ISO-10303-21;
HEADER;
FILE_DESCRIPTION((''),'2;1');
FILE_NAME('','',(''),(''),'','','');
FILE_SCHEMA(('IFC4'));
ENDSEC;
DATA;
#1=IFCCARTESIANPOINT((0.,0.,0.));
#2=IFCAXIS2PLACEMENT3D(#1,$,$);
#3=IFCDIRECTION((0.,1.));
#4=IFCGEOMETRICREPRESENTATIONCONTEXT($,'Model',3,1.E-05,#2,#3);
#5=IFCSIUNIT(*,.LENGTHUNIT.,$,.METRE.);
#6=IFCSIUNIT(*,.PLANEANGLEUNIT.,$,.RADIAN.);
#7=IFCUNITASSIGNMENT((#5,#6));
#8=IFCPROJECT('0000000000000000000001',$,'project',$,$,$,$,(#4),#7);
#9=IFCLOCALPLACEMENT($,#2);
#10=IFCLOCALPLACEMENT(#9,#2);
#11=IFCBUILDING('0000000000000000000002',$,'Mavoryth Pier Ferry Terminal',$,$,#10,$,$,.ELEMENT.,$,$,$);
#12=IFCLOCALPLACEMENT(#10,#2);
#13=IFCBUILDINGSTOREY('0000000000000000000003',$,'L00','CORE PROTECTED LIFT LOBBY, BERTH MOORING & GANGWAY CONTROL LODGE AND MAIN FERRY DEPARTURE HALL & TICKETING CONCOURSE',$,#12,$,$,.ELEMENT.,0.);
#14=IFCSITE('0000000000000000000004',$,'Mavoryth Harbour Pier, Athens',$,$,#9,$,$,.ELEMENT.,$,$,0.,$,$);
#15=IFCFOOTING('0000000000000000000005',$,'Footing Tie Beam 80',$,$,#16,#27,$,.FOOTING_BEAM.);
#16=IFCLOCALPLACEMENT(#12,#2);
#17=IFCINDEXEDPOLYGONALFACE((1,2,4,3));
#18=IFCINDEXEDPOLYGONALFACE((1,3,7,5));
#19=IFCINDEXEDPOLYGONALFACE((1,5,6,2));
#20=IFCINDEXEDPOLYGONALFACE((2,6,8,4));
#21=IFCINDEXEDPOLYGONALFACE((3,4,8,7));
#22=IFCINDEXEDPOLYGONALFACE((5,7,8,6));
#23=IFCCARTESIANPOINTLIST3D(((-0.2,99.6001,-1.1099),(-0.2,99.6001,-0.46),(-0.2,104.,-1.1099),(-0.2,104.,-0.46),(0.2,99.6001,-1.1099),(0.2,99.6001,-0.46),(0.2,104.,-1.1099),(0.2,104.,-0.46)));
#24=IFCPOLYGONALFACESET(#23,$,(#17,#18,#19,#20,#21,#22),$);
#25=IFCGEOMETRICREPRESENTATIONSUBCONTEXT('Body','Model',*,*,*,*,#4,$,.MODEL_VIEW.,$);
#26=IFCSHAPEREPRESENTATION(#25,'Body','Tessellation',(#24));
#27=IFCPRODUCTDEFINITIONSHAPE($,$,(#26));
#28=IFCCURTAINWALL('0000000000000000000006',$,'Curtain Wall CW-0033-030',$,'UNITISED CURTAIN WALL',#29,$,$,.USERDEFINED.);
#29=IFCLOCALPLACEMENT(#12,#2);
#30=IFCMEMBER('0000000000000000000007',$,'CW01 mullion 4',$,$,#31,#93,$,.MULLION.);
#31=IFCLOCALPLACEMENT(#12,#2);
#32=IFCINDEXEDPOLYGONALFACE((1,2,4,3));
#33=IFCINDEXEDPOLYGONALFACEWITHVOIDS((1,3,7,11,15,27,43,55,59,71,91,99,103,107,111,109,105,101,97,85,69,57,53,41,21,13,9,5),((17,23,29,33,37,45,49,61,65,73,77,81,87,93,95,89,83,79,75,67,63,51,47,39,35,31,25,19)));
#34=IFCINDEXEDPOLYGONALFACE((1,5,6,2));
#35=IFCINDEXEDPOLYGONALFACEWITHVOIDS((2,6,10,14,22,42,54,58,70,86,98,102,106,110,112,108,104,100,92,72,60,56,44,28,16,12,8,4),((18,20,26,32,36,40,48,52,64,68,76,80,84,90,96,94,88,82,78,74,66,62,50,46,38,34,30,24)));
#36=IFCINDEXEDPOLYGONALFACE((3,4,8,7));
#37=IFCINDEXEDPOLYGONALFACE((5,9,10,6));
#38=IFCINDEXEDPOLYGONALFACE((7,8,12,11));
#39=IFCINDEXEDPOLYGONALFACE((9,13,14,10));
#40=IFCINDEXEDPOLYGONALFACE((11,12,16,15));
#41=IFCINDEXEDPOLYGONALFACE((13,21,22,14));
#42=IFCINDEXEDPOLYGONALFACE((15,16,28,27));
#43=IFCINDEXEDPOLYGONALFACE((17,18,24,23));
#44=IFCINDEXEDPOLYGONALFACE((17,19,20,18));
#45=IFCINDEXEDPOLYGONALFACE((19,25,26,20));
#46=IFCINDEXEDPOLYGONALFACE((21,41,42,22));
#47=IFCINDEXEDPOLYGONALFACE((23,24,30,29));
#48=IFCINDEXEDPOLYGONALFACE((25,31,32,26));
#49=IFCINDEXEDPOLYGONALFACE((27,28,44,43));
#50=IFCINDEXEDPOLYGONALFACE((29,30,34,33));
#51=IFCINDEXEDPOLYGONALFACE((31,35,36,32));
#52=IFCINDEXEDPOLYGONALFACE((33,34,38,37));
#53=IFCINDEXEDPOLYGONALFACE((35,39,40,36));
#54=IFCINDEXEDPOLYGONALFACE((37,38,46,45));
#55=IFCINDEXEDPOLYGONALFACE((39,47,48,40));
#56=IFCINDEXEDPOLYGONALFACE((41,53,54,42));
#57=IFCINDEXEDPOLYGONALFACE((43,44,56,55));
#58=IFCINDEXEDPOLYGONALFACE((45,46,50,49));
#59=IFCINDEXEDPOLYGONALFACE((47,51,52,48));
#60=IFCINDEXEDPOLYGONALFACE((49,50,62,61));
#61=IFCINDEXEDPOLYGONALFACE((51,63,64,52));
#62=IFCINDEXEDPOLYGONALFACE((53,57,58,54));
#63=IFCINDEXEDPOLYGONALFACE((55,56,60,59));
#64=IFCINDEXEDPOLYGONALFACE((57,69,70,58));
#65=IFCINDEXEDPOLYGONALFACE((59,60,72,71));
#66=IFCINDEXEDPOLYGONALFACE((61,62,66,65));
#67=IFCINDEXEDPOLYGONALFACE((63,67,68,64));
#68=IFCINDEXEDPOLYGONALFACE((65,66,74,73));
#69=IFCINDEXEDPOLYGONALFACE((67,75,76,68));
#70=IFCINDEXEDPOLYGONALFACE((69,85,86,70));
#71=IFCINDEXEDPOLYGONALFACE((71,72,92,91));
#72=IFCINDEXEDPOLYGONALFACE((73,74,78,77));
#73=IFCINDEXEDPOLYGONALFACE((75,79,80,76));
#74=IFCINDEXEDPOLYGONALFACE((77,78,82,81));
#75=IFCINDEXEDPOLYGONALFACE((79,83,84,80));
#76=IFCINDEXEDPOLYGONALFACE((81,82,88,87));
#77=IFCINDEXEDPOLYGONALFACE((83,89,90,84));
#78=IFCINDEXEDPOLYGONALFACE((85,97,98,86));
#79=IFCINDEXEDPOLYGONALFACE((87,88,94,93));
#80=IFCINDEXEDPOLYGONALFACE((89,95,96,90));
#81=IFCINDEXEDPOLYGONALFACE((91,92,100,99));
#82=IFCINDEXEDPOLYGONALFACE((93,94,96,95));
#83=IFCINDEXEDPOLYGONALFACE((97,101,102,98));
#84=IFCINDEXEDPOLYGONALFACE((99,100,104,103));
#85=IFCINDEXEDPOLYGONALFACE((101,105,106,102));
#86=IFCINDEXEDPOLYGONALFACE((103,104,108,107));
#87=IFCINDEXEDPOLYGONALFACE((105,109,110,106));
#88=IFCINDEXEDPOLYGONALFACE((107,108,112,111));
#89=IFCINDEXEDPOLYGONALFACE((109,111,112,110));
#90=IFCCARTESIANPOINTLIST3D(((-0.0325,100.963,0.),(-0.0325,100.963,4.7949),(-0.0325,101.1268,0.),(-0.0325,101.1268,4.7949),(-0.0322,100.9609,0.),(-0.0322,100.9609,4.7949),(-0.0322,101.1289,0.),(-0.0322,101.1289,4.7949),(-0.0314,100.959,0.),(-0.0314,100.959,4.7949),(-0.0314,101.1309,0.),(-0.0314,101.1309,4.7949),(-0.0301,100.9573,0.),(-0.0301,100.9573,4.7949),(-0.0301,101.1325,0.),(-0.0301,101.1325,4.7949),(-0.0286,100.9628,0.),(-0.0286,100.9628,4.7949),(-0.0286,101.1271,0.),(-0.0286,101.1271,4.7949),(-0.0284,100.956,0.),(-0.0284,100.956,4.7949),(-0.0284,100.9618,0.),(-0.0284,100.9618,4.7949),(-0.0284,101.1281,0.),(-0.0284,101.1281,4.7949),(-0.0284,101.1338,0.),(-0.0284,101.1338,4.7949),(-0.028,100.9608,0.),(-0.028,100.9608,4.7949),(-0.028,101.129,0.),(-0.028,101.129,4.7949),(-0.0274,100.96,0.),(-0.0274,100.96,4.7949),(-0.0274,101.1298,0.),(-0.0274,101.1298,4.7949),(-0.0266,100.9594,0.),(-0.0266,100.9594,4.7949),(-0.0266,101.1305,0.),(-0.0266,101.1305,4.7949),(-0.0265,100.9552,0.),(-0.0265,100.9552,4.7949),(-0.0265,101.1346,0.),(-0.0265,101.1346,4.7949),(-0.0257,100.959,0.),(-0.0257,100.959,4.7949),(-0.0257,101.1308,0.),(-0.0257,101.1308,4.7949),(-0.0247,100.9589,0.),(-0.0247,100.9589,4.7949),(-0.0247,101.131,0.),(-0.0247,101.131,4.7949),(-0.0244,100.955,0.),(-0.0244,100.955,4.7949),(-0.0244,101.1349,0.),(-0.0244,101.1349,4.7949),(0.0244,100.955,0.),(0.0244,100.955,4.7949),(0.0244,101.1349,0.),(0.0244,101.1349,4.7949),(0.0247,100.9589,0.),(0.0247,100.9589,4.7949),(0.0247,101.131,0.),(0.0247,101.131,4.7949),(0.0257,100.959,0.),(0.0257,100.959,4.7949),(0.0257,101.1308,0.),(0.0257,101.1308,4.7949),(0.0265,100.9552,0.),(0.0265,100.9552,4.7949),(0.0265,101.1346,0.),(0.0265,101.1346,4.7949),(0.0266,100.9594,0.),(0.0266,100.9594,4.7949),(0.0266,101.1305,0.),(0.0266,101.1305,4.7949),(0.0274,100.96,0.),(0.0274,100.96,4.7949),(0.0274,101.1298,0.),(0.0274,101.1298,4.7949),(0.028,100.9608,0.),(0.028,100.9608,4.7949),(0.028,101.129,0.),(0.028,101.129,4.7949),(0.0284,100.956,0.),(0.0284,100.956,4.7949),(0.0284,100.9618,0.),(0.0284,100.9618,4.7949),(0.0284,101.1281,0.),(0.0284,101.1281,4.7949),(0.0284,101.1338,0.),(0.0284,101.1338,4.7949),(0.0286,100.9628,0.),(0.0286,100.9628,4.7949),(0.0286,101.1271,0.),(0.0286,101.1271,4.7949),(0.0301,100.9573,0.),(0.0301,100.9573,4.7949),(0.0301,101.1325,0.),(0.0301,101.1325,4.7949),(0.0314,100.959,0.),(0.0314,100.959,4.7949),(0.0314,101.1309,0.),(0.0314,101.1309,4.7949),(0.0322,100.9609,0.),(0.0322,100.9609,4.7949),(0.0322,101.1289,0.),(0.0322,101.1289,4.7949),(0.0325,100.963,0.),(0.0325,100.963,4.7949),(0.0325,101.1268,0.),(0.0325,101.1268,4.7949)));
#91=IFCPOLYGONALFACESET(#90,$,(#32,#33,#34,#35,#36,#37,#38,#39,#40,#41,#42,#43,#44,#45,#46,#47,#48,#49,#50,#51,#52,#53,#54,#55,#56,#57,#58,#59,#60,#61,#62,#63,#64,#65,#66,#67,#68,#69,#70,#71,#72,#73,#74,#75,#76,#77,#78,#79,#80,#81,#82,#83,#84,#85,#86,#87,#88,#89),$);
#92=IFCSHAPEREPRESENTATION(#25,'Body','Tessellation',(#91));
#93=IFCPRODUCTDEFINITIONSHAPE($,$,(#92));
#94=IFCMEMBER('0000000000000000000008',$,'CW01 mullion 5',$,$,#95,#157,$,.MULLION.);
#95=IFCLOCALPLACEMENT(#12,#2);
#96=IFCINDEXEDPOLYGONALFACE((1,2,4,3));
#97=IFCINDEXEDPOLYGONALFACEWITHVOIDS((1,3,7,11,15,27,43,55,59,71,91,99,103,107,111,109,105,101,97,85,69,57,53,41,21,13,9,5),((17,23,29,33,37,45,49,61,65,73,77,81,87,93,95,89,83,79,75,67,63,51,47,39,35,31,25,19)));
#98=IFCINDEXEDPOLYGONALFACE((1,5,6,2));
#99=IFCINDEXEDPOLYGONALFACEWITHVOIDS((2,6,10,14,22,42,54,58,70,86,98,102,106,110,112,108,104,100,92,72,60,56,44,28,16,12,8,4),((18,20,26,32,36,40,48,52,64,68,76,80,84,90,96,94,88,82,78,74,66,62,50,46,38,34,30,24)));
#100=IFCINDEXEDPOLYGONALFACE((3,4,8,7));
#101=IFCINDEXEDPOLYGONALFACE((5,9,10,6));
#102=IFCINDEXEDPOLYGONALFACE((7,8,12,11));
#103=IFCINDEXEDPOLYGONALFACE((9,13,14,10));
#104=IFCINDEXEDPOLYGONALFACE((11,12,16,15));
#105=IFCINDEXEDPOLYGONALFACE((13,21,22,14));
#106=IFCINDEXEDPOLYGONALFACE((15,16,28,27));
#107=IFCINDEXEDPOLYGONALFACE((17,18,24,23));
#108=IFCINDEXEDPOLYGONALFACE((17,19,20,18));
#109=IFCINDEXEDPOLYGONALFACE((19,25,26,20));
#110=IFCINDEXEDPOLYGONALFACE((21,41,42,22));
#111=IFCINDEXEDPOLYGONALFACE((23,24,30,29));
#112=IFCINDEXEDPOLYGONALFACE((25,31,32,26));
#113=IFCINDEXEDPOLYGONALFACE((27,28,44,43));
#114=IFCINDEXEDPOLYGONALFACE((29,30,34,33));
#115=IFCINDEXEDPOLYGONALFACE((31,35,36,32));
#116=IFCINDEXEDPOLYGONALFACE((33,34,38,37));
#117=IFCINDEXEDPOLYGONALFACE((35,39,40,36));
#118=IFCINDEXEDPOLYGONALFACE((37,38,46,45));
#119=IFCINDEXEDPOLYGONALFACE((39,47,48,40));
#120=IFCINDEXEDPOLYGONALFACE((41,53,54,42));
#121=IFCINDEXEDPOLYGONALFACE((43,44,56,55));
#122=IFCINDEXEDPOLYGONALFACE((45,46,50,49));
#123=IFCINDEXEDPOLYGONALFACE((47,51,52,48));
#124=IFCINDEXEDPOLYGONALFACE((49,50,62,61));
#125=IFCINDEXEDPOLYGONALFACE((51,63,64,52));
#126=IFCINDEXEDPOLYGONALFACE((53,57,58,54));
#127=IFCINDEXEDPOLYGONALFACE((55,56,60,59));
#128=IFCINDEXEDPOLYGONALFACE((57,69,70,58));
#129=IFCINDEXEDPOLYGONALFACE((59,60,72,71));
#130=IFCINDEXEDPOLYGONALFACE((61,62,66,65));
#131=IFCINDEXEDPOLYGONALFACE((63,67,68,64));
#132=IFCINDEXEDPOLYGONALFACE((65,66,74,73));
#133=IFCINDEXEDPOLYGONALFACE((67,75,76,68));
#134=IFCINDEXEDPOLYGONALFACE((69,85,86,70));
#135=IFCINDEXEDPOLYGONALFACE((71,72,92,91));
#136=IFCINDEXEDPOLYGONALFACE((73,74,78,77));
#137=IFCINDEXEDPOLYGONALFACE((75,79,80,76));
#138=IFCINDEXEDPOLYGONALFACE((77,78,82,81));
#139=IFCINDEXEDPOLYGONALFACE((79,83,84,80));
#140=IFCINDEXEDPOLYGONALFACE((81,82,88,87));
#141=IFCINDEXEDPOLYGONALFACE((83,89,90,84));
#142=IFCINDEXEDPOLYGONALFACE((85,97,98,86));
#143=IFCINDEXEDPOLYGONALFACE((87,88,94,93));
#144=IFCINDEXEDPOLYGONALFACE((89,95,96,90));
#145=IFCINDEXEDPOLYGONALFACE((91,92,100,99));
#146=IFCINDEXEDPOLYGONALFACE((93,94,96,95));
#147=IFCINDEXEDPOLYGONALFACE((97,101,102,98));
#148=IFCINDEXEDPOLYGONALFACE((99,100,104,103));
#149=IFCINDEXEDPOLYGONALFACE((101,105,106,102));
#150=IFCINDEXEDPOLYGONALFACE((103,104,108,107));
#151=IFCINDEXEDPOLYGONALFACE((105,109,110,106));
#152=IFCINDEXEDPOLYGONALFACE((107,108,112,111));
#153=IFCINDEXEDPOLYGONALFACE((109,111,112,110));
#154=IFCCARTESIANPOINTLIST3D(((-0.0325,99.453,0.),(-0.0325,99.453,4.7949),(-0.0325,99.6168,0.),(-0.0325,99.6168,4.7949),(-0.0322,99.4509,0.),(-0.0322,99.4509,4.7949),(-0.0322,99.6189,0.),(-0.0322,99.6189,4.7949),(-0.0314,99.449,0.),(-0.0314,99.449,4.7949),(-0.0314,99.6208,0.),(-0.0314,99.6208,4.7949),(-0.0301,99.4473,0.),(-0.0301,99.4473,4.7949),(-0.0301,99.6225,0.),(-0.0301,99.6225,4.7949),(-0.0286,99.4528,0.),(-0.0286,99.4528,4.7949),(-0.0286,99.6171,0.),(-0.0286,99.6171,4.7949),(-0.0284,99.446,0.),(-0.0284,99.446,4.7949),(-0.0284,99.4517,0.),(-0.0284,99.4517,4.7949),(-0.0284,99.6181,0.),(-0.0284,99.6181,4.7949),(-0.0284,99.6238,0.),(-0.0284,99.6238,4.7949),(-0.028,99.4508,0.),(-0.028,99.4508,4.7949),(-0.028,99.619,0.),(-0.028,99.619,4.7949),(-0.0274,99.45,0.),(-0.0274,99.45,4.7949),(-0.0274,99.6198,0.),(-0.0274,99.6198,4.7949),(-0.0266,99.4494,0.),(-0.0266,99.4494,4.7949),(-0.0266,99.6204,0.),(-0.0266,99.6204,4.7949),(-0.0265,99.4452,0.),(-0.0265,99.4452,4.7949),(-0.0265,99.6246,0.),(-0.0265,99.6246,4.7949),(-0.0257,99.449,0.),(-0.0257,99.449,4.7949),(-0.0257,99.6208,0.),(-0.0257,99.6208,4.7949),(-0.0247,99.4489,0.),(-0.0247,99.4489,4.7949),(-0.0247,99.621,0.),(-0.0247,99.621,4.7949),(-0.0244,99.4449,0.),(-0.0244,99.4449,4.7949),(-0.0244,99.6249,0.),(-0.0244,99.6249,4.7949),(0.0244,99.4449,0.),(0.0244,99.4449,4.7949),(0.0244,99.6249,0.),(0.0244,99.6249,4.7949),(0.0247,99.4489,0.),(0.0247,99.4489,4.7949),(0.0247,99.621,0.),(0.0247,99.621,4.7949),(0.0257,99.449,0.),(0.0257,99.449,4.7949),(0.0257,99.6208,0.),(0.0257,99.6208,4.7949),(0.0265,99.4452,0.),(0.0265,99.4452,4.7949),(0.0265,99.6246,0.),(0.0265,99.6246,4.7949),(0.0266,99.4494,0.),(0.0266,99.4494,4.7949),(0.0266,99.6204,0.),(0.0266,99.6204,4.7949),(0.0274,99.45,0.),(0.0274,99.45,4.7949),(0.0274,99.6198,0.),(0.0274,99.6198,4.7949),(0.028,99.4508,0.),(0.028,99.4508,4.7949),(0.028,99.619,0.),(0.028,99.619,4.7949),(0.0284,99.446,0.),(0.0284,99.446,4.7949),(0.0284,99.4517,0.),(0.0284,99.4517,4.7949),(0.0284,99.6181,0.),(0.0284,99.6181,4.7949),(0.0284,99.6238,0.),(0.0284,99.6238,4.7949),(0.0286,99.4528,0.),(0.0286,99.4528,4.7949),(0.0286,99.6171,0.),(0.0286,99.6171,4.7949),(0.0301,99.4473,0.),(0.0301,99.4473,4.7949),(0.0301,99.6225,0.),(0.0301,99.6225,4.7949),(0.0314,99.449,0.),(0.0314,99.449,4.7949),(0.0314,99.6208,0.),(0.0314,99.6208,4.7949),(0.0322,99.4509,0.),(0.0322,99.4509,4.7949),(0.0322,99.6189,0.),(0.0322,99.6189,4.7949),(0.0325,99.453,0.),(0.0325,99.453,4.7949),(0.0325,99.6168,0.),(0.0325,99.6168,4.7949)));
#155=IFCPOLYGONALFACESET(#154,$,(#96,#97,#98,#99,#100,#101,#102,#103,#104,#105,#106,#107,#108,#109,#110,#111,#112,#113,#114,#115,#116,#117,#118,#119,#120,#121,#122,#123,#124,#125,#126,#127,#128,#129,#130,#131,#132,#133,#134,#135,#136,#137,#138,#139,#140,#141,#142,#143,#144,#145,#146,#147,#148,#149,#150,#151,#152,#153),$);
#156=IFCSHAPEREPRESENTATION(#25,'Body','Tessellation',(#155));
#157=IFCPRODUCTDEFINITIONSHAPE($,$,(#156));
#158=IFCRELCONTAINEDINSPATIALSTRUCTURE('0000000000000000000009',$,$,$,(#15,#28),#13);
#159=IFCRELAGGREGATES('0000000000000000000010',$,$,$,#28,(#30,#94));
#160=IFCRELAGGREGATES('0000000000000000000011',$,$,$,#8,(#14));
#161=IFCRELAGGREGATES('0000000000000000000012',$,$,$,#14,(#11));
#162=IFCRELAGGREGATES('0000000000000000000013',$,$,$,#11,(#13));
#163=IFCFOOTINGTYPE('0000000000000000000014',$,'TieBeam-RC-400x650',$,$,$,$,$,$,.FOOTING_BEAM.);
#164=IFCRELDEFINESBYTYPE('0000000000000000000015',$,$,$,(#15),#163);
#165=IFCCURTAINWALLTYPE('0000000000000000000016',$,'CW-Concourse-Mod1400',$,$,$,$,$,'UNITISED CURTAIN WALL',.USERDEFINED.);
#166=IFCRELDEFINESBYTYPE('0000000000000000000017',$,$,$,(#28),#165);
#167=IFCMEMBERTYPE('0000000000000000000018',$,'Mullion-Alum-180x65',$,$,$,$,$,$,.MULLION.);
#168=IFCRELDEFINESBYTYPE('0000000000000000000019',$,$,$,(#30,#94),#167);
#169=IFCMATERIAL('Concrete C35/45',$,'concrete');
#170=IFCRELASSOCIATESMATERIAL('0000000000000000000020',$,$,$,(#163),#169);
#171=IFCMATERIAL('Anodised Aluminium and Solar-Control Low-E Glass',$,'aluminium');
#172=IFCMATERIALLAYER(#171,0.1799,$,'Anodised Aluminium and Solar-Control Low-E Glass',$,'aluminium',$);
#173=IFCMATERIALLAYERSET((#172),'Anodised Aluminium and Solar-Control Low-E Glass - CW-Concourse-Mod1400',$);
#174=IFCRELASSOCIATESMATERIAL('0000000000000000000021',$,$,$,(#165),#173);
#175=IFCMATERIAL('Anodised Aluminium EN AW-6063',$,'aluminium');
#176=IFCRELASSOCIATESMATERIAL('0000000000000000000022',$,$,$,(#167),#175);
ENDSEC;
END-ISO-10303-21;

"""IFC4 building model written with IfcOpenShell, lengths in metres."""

from ifc_helpers import new_model, si_unit, direction, frame, origin, origin_2d, place, context, subcontext, project, spatial, rectangle, hollow_rectangle, extrude, material, layer, layer_set, material_profile, profile_set, type_object, element, aggregate, save


model = new_model("IFC4")

# Units and contexts
model_context = context("Model", 3, precision=1e-05, world=origin(), true_north=direction((0.0, 1.0)))
body_context = subcontext(model_context, "Body", "Model", "MODEL_VIEW")
ifc_project = project(units=[si_unit("LENGTHUNIT", "METRE"), si_unit("PLANEANGLEUNIT", "RADIAN")], contexts=[model_context])

# Site, building, storey
site_placement = place(None, origin())
site = spatial("IfcSite", under=ifc_project, at=site_placement, Name="Mavoryth Harbour Pier, Athens", CompositionType="ELEMENT", RefElevation=0.0)
building_placement = place(site_placement, origin())
building = spatial("IfcBuilding", under=site, at=building_placement, Name="Mavoryth Pier Ferry Terminal", CompositionType="ELEMENT")
storey_placement = place(building_placement, origin())
storey = spatial("IfcBuildingStorey", under=building, at=storey_placement, Name="L00", Description="CORE PROTECTED LIFT LOBBY, BERTH MOORING & GANGWAY CONTROL LODGE AND MAIN FERRY DEPARTURE HALL & TICKETING CONCOURSE", CompositionType="ELEMENT", Elevation=0.0)

# Footing
ifc_material_1 = material(Name="Concrete C35/45", Category="concrete")
ifc_material_profile_1 = material_profile(ifc_material_1, rectangle(XDim=0.3999, YDim=0.6499, at=origin_2d()), Name="RC 400x650", Category="concrete")
ifc_profile_set_1 = profile_set([ifc_material_profile_1], Name="Concrete C35/45 - RC 400x650")
footing_type = type_object("IfcFootingType", Name="TieBeam-RC-400x650", PredefinedType="FOOTING_BEAM", material=ifc_profile_set_1)
footing_placement = place(storey_placement, frame((0.0, 99.6001, -0.7849), z_axis=(0.0, 1.0, 0.0), x_axis=(-1.0, 0.0, 0.0)))
element("IfcFooting", 1, at=footing_placement, inside=storey, type_object=footing_type, Name="Footing Tie Beam 80", PredefinedType="FOOTING_BEAM", context=body_context, shape_type="SweptSolid", body=[
    extrude(rectangle(XDim=0.3999, YDim=0.6499, at=origin_2d()), origin(), (0.0, 0.0, 1.0), 4.3999),
])

# Curtain wall, members
ifc_material_2 = material(Name="Anodised Aluminium and Solar-Control Low-E Glass", Category="aluminium")
ifc_layer_1 = layer(ifc_material_2, 0.1799, Name="Anodised Aluminium and Solar-Control Low-E Glass", Category="aluminium")
ifc_layer_set_1 = layer_set([ifc_layer_1], Name="Anodised Aluminium and Solar-Control Low-E Glass - CW-Concourse-Mod1400")
curtain_wall_type = type_object("IfcCurtainWallType", Name="CW-Concourse-Mod1400", ElementType="UNITISED CURTAIN WALL", PredefinedType="USERDEFINED", material=ifc_layer_set_1)
curtain_wall_placement = place(storey_placement, origin())
curtain_wall = element("IfcCurtainWall", 2, at=curtain_wall_placement, inside=storey, type_object=curtain_wall_type, Name="Curtain Wall CW-0033-030", ObjectType="UNITISED CURTAIN WALL", PredefinedType="USERDEFINED")
ifc_material_3 = material(Name="Anodised Aluminium EN AW-6063", Category="aluminium")
ifc_material_profile_2 = material_profile(ifc_material_3, hollow_rectangle(XDim=0.0649, YDim=0.1799, WallThickness=0.0039, InnerFilletRadius=0.0039, OuterFilletRadius=0.0081, at=origin_2d()), Name="AL-MULL 180x65x4", Category="aluminium")
ifc_profile_set_2 = profile_set([ifc_material_profile_2], Name="Anodised Aluminium EN AW-6063 - AL-MULL 180x65x4")
member_type_1 = type_object("IfcMemberType", Name="Mullion-Alum-180x65", PredefinedType="MULLION", material=ifc_profile_set_2)
member_1_placement = place(storey_placement, frame((0.0, 101.0449, 0.0), z_axis=(0.0, 0.0, 1.0), x_axis=(1.0, 0.0, 0.0)))
member_1 = element("IfcMember", 3, at=member_1_placement, type_object=member_type_1, Name="CW01 mullion 4", PredefinedType="MULLION", context=body_context, shape_type="SweptSolid", body=[
    extrude(hollow_rectangle(XDim=0.0649, YDim=0.1799, WallThickness=0.0039, InnerFilletRadius=0.0039, OuterFilletRadius=0.0081, at=origin_2d()), origin(), (0.0, 0.0, 1.0), 4.7949),
])
member_2_placement = place(storey_placement, frame((0.0, 99.5349, 0.0), z_axis=(0.0, 0.0, 1.0), x_axis=(1.0, 0.0, 0.0)))
member_2 = element("IfcMember", 4, at=member_2_placement, type_object=member_type_1, Name="CW01 mullion 5", PredefinedType="MULLION", context=body_context, shape_type="SweptSolid", body=[
    extrude(hollow_rectangle(XDim=0.0649, YDim=0.1799, WallThickness=0.0039, InnerFilletRadius=0.0039, OuterFilletRadius=0.0081, at=origin_2d()), origin(), (0.0, 0.0, 1.0), 4.7949),
])
aggregate(curtain_wall, [member_1, member_2])

save(model, "model.ifc")
